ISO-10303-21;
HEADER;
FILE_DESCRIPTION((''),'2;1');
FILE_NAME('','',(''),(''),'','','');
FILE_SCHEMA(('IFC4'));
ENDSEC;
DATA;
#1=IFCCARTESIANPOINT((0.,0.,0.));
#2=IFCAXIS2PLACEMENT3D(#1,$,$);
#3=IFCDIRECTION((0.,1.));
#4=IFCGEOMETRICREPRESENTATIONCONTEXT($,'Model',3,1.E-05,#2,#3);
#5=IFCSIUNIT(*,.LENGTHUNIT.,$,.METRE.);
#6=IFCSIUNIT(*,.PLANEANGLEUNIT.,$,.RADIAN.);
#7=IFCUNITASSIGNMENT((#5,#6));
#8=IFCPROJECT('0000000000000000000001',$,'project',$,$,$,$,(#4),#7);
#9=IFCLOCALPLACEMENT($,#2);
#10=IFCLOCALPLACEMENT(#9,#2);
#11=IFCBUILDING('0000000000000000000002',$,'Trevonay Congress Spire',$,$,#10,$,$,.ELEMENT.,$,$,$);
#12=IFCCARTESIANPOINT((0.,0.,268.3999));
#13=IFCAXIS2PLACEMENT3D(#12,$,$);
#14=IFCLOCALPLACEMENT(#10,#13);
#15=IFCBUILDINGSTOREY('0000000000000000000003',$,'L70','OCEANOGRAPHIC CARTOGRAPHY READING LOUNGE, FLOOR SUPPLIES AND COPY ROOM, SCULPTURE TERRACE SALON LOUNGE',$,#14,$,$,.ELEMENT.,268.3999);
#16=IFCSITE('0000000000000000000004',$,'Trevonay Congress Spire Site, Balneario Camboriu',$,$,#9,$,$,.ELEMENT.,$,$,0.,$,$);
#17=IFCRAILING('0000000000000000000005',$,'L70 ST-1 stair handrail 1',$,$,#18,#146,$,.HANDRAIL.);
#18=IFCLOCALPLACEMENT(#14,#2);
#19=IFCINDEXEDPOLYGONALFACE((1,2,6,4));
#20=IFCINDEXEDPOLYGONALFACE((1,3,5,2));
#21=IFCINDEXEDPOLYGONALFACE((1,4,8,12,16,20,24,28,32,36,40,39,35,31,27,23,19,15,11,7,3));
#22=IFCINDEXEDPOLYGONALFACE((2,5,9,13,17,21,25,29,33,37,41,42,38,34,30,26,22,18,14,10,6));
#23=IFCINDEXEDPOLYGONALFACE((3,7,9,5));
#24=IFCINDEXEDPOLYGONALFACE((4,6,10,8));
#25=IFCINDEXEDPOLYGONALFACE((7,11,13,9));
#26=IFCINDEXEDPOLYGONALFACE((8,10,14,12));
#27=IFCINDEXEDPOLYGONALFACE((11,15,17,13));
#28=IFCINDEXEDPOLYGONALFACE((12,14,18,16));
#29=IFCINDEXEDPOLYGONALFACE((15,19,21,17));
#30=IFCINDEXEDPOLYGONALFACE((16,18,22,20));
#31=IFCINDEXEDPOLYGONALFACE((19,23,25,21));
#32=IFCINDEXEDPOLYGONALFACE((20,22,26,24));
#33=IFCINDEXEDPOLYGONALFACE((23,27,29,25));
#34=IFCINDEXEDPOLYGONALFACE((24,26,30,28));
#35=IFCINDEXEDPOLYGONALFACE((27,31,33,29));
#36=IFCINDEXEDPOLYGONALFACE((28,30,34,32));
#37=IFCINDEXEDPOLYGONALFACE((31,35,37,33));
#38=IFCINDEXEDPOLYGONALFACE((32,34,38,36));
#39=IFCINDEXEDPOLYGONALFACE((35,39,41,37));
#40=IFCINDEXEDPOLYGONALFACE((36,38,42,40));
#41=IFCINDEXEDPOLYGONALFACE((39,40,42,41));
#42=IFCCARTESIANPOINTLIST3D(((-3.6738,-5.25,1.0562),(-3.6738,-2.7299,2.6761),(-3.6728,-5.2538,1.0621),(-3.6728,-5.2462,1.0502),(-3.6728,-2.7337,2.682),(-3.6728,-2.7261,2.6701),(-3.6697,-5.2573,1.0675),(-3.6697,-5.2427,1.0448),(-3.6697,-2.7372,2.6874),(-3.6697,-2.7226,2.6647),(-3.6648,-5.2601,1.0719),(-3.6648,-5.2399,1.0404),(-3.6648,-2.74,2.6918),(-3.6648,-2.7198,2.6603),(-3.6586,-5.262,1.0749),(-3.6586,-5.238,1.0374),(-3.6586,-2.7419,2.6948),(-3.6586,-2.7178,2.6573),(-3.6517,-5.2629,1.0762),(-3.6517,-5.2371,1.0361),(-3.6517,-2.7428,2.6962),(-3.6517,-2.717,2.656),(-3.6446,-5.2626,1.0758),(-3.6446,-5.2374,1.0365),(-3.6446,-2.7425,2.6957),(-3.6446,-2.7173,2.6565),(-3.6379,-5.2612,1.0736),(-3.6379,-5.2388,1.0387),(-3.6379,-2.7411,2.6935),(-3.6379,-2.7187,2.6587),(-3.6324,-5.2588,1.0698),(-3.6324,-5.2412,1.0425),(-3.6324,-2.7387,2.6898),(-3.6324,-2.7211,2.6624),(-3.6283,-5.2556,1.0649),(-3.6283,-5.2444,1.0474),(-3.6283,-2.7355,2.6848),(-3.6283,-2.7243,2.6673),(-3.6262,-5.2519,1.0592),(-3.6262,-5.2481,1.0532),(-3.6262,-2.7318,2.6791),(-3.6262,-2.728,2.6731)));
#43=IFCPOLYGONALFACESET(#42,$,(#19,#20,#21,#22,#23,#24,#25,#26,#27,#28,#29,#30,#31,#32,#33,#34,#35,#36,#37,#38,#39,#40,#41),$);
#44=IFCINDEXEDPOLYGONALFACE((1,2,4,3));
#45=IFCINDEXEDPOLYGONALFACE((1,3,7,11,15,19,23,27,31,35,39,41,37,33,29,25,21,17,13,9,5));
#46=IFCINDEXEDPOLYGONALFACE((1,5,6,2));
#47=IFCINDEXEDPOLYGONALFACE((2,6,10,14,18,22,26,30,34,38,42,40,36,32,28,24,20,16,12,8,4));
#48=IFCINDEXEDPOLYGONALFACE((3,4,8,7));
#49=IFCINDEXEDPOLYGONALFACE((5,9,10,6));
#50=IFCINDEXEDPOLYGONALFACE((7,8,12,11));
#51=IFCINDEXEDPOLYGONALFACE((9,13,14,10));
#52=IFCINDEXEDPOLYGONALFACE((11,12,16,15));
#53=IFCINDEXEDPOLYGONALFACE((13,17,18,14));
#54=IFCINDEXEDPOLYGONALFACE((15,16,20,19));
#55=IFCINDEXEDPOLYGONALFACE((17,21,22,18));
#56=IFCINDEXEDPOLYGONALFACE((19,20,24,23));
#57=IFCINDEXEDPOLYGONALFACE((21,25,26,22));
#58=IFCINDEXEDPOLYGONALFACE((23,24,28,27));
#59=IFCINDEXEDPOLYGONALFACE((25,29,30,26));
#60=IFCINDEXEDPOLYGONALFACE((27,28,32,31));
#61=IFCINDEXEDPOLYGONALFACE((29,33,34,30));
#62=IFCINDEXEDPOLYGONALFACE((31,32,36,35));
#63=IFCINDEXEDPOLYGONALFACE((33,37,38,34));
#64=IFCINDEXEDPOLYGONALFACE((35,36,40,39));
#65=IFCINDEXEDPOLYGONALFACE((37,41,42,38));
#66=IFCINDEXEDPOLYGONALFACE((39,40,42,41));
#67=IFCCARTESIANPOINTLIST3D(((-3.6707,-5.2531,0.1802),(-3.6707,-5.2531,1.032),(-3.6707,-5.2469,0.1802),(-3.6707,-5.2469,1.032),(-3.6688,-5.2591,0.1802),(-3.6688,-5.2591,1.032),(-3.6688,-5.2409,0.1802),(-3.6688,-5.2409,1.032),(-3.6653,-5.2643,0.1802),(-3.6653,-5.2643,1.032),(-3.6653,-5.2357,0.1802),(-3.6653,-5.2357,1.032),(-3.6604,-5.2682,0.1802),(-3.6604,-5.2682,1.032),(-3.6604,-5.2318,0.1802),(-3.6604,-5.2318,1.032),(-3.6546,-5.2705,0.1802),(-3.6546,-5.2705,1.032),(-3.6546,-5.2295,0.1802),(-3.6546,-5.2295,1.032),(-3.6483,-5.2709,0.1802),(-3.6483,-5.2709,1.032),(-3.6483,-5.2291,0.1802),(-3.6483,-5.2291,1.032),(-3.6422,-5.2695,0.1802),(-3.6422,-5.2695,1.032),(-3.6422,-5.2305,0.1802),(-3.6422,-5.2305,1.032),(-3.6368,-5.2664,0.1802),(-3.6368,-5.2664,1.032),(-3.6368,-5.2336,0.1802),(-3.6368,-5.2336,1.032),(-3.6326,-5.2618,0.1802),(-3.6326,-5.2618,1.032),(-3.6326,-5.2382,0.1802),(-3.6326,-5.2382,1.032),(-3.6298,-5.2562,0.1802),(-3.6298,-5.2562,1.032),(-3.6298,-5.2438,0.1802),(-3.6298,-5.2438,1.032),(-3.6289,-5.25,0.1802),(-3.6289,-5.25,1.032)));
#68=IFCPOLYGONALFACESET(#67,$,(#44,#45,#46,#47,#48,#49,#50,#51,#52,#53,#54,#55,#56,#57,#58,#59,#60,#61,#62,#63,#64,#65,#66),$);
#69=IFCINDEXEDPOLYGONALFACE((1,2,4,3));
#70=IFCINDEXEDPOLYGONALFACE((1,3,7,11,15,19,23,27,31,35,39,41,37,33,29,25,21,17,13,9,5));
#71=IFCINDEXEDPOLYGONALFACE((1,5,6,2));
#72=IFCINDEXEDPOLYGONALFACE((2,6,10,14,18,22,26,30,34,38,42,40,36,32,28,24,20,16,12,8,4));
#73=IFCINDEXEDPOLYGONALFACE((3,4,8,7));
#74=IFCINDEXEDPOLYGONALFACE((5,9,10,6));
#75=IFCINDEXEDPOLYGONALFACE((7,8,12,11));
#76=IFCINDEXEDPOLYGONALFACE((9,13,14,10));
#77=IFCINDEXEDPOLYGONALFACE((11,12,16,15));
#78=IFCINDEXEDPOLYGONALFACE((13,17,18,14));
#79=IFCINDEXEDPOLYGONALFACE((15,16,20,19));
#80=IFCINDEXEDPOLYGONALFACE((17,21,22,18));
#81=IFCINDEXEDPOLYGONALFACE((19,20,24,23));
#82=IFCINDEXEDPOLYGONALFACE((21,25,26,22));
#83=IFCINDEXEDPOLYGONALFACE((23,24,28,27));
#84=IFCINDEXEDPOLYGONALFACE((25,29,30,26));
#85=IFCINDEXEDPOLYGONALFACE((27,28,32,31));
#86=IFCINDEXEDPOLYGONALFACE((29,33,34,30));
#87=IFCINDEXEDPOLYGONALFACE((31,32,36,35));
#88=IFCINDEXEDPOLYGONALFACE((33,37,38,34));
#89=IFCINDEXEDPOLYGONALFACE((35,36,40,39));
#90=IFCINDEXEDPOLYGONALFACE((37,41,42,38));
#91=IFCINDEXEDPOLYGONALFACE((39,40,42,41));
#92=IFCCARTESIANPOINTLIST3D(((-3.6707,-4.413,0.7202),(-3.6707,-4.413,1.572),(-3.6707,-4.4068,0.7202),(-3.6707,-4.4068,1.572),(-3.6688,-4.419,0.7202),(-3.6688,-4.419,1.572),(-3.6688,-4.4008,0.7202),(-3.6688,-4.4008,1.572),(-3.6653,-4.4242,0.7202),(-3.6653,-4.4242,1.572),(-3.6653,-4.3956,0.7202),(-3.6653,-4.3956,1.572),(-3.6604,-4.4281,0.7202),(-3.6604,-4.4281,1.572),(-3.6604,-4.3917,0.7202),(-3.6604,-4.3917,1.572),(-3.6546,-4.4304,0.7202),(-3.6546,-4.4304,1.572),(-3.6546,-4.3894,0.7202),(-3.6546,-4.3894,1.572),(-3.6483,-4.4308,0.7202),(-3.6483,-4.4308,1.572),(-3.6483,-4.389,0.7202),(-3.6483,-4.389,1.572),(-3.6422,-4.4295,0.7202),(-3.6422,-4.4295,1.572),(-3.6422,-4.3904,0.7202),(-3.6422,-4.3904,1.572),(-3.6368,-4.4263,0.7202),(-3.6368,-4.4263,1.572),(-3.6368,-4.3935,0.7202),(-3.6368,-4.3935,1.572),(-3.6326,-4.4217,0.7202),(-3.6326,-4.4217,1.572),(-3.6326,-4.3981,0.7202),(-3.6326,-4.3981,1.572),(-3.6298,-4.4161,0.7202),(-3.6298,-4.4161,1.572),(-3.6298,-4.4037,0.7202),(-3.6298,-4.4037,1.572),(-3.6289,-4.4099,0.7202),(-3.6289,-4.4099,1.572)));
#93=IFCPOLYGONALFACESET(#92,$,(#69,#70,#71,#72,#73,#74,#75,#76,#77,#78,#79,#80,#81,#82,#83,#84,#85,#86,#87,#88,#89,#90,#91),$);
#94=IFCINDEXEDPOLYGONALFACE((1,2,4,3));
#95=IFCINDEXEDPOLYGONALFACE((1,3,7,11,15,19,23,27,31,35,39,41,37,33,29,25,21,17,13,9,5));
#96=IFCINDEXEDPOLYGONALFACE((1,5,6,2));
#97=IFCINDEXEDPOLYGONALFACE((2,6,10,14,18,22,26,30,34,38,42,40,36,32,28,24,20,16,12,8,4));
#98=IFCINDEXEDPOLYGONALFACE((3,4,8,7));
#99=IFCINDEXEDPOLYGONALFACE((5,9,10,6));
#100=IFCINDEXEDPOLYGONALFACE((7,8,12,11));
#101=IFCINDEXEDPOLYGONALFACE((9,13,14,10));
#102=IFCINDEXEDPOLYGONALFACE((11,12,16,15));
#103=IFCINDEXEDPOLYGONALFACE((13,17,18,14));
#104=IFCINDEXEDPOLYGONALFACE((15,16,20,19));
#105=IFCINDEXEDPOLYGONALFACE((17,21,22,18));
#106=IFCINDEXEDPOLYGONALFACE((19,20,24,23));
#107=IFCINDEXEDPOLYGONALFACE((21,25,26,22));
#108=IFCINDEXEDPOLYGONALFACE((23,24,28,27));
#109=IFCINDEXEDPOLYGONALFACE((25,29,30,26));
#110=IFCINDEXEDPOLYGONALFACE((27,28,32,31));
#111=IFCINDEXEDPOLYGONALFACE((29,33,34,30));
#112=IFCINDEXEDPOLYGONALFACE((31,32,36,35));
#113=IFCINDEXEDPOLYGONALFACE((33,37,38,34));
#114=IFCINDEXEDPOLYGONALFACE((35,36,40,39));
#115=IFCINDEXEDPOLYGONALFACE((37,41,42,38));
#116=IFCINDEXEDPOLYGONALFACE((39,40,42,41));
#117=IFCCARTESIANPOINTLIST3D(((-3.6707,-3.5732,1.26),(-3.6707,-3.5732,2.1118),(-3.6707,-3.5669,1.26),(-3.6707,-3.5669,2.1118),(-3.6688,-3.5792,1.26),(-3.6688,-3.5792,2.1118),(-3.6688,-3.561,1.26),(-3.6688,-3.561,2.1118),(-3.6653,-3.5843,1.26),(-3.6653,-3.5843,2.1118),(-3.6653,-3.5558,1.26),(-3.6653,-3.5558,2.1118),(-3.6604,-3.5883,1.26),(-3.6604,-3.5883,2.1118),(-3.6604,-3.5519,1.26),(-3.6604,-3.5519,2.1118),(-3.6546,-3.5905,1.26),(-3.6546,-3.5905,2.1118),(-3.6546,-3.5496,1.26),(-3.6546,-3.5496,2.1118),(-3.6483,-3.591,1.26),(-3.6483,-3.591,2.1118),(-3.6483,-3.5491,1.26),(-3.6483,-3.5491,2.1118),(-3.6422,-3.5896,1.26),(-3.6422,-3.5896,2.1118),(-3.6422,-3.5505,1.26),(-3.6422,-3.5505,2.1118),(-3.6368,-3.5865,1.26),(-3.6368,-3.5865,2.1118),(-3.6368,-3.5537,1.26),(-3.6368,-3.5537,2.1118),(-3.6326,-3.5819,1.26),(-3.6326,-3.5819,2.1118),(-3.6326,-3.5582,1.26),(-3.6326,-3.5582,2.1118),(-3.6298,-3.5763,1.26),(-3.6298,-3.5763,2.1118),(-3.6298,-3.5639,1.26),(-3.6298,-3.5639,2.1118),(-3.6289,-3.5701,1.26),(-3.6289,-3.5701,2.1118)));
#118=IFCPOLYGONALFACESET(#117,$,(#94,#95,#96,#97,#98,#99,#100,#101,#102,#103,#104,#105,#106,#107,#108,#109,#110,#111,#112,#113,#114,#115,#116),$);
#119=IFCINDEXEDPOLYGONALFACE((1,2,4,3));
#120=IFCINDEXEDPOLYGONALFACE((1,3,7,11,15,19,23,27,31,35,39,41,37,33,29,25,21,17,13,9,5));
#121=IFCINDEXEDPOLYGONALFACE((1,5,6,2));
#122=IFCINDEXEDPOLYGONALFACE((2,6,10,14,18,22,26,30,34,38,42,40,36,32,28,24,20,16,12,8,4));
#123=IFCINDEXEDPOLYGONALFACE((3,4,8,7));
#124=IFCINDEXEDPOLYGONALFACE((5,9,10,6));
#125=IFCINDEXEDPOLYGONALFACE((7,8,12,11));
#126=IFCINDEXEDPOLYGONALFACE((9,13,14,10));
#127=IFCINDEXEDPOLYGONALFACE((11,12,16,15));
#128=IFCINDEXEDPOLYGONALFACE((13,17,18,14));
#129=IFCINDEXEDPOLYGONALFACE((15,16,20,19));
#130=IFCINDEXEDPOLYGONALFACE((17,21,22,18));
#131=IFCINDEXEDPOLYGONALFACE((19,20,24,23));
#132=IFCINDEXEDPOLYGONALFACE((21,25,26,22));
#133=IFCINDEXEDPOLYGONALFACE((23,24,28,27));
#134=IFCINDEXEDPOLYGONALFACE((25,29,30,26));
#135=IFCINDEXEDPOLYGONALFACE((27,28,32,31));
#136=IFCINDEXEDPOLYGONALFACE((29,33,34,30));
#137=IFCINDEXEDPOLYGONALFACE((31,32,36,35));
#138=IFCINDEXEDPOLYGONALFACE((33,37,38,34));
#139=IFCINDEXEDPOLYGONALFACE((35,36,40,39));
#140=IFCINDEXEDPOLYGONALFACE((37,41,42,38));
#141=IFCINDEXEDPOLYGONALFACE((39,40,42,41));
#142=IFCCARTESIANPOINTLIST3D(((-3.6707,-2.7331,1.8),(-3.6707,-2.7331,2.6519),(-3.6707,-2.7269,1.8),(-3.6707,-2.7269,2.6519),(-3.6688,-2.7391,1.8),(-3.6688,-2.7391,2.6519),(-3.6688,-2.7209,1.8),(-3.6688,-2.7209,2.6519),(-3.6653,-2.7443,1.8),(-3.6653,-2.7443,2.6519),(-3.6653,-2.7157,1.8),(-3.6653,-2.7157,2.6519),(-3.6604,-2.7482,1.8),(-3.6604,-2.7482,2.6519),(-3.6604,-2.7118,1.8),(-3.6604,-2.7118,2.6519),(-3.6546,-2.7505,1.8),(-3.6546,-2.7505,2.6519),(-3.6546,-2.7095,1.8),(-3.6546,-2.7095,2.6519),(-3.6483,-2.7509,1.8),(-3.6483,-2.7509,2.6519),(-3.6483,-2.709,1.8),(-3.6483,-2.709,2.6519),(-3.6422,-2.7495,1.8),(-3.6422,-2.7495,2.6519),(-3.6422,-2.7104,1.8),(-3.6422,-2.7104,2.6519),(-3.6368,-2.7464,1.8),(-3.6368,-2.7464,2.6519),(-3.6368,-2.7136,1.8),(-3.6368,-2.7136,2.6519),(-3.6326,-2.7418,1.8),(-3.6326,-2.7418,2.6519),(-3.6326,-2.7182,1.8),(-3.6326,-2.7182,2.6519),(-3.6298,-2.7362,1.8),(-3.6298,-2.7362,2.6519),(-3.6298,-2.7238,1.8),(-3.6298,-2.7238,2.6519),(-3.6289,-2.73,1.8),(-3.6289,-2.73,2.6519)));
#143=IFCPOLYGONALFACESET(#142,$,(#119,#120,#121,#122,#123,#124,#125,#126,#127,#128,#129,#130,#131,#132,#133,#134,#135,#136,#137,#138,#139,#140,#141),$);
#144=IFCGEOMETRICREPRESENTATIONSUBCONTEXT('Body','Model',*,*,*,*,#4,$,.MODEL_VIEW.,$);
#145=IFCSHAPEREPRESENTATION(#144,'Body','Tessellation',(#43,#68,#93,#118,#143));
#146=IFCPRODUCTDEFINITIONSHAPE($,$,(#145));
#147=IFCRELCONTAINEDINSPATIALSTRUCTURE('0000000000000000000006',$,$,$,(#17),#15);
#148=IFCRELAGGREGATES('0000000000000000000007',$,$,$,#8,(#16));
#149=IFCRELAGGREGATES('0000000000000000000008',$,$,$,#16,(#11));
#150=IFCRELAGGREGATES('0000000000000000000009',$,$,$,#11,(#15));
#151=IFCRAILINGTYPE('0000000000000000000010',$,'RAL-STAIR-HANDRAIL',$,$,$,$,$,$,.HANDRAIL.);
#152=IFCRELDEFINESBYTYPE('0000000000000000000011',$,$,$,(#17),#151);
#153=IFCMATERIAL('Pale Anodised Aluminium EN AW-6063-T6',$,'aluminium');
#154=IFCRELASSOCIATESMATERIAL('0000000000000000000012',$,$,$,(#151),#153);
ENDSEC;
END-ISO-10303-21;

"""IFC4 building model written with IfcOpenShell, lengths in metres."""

from ifc_helpers import new_model, si_unit, direction, frame, origin, origin_2d, place, context, subcontext, project, spatial, circle, extrude, material, type_object, element, save


model = new_model("IFC4")

# Units and contexts
model_context = context("Model", 3, precision=1e-05, world=origin(), true_north=direction((0.0, 1.0)))
body_context = subcontext(model_context, "Body", "Model", "MODEL_VIEW")
ifc_project = project(units=[si_unit("LENGTHUNIT", "METRE"), si_unit("PLANEANGLEUNIT", "RADIAN")], contexts=[model_context])

# Site, building, storey
site_placement = place(None, origin())
site = spatial("IfcSite", under=ifc_project, at=site_placement, Name="Trevonay Congress Spire Site, Balneario Camboriu", CompositionType="ELEMENT", RefElevation=0.0)
building_placement = place(site_placement, origin())
building = spatial("IfcBuilding", under=site, at=building_placement, Name="Trevonay Congress Spire", CompositionType="ELEMENT")
storey_placement = place(building_placement, frame((0.0, 0.0, 268.3999)))
storey = spatial("IfcBuildingStorey", under=building, at=storey_placement, Name="L70", Description="OCEANOGRAPHIC CARTOGRAPHY READING LOUNGE, FLOOR SUPPLIES AND COPY ROOM, SCULPTURE TERRACE SALON LOUNGE", CompositionType="ELEMENT", Elevation=268.3999)

# Railing
ifc_material_1 = material(Name="Pale Anodised Aluminium EN AW-6063-T6", Category="aluminium")
railing_type_1 = type_object("IfcRailingType", Name="RAL-STAIR-HANDRAIL", PredefinedType="HANDRAIL", material=ifc_material_1)
railing_1_placement = place(storey_placement, frame((-3.6499, -5.25, 0.1802)))
element("IfcRailing", 1, at=railing_1_placement, inside=storey, type_object=railing_type_1, Name="L70 ST-1 stair handrail 1", PredefinedType="HANDRAIL", context=body_context, shape_type="SweptSolid", body=[
    extrude(circle(Radius=0.0239, at=origin_2d()), frame((0.0, 0.0, 0.876), z_axis=(0.0, 0.8412, 0.540725), x_axis=(-1.0, 0.0, 0.0)), (0.0, 0.0, 1.0), 2.9958),
    extrude(circle(Radius=0.021, at=origin_2d()), origin(), (0.0, 0.0, 1.0), 0.8518),
    extrude(circle(Radius=0.021, at=origin_2d()), frame((0.0, 0.8401, 0.54)), (0.0, 0.0, 1.0), 0.8518),
    extrude(circle(Radius=0.021, at=origin_2d()), frame((0.0, 1.6799, 1.0798)), (0.0, 0.0, 1.0), 0.8518),
    extrude(circle(Radius=0.021, at=origin_2d()), frame((0.0, 2.52, 1.6199)), (0.0, 0.0, 1.0), 0.8518),
])

save(model, "model.ifc")
